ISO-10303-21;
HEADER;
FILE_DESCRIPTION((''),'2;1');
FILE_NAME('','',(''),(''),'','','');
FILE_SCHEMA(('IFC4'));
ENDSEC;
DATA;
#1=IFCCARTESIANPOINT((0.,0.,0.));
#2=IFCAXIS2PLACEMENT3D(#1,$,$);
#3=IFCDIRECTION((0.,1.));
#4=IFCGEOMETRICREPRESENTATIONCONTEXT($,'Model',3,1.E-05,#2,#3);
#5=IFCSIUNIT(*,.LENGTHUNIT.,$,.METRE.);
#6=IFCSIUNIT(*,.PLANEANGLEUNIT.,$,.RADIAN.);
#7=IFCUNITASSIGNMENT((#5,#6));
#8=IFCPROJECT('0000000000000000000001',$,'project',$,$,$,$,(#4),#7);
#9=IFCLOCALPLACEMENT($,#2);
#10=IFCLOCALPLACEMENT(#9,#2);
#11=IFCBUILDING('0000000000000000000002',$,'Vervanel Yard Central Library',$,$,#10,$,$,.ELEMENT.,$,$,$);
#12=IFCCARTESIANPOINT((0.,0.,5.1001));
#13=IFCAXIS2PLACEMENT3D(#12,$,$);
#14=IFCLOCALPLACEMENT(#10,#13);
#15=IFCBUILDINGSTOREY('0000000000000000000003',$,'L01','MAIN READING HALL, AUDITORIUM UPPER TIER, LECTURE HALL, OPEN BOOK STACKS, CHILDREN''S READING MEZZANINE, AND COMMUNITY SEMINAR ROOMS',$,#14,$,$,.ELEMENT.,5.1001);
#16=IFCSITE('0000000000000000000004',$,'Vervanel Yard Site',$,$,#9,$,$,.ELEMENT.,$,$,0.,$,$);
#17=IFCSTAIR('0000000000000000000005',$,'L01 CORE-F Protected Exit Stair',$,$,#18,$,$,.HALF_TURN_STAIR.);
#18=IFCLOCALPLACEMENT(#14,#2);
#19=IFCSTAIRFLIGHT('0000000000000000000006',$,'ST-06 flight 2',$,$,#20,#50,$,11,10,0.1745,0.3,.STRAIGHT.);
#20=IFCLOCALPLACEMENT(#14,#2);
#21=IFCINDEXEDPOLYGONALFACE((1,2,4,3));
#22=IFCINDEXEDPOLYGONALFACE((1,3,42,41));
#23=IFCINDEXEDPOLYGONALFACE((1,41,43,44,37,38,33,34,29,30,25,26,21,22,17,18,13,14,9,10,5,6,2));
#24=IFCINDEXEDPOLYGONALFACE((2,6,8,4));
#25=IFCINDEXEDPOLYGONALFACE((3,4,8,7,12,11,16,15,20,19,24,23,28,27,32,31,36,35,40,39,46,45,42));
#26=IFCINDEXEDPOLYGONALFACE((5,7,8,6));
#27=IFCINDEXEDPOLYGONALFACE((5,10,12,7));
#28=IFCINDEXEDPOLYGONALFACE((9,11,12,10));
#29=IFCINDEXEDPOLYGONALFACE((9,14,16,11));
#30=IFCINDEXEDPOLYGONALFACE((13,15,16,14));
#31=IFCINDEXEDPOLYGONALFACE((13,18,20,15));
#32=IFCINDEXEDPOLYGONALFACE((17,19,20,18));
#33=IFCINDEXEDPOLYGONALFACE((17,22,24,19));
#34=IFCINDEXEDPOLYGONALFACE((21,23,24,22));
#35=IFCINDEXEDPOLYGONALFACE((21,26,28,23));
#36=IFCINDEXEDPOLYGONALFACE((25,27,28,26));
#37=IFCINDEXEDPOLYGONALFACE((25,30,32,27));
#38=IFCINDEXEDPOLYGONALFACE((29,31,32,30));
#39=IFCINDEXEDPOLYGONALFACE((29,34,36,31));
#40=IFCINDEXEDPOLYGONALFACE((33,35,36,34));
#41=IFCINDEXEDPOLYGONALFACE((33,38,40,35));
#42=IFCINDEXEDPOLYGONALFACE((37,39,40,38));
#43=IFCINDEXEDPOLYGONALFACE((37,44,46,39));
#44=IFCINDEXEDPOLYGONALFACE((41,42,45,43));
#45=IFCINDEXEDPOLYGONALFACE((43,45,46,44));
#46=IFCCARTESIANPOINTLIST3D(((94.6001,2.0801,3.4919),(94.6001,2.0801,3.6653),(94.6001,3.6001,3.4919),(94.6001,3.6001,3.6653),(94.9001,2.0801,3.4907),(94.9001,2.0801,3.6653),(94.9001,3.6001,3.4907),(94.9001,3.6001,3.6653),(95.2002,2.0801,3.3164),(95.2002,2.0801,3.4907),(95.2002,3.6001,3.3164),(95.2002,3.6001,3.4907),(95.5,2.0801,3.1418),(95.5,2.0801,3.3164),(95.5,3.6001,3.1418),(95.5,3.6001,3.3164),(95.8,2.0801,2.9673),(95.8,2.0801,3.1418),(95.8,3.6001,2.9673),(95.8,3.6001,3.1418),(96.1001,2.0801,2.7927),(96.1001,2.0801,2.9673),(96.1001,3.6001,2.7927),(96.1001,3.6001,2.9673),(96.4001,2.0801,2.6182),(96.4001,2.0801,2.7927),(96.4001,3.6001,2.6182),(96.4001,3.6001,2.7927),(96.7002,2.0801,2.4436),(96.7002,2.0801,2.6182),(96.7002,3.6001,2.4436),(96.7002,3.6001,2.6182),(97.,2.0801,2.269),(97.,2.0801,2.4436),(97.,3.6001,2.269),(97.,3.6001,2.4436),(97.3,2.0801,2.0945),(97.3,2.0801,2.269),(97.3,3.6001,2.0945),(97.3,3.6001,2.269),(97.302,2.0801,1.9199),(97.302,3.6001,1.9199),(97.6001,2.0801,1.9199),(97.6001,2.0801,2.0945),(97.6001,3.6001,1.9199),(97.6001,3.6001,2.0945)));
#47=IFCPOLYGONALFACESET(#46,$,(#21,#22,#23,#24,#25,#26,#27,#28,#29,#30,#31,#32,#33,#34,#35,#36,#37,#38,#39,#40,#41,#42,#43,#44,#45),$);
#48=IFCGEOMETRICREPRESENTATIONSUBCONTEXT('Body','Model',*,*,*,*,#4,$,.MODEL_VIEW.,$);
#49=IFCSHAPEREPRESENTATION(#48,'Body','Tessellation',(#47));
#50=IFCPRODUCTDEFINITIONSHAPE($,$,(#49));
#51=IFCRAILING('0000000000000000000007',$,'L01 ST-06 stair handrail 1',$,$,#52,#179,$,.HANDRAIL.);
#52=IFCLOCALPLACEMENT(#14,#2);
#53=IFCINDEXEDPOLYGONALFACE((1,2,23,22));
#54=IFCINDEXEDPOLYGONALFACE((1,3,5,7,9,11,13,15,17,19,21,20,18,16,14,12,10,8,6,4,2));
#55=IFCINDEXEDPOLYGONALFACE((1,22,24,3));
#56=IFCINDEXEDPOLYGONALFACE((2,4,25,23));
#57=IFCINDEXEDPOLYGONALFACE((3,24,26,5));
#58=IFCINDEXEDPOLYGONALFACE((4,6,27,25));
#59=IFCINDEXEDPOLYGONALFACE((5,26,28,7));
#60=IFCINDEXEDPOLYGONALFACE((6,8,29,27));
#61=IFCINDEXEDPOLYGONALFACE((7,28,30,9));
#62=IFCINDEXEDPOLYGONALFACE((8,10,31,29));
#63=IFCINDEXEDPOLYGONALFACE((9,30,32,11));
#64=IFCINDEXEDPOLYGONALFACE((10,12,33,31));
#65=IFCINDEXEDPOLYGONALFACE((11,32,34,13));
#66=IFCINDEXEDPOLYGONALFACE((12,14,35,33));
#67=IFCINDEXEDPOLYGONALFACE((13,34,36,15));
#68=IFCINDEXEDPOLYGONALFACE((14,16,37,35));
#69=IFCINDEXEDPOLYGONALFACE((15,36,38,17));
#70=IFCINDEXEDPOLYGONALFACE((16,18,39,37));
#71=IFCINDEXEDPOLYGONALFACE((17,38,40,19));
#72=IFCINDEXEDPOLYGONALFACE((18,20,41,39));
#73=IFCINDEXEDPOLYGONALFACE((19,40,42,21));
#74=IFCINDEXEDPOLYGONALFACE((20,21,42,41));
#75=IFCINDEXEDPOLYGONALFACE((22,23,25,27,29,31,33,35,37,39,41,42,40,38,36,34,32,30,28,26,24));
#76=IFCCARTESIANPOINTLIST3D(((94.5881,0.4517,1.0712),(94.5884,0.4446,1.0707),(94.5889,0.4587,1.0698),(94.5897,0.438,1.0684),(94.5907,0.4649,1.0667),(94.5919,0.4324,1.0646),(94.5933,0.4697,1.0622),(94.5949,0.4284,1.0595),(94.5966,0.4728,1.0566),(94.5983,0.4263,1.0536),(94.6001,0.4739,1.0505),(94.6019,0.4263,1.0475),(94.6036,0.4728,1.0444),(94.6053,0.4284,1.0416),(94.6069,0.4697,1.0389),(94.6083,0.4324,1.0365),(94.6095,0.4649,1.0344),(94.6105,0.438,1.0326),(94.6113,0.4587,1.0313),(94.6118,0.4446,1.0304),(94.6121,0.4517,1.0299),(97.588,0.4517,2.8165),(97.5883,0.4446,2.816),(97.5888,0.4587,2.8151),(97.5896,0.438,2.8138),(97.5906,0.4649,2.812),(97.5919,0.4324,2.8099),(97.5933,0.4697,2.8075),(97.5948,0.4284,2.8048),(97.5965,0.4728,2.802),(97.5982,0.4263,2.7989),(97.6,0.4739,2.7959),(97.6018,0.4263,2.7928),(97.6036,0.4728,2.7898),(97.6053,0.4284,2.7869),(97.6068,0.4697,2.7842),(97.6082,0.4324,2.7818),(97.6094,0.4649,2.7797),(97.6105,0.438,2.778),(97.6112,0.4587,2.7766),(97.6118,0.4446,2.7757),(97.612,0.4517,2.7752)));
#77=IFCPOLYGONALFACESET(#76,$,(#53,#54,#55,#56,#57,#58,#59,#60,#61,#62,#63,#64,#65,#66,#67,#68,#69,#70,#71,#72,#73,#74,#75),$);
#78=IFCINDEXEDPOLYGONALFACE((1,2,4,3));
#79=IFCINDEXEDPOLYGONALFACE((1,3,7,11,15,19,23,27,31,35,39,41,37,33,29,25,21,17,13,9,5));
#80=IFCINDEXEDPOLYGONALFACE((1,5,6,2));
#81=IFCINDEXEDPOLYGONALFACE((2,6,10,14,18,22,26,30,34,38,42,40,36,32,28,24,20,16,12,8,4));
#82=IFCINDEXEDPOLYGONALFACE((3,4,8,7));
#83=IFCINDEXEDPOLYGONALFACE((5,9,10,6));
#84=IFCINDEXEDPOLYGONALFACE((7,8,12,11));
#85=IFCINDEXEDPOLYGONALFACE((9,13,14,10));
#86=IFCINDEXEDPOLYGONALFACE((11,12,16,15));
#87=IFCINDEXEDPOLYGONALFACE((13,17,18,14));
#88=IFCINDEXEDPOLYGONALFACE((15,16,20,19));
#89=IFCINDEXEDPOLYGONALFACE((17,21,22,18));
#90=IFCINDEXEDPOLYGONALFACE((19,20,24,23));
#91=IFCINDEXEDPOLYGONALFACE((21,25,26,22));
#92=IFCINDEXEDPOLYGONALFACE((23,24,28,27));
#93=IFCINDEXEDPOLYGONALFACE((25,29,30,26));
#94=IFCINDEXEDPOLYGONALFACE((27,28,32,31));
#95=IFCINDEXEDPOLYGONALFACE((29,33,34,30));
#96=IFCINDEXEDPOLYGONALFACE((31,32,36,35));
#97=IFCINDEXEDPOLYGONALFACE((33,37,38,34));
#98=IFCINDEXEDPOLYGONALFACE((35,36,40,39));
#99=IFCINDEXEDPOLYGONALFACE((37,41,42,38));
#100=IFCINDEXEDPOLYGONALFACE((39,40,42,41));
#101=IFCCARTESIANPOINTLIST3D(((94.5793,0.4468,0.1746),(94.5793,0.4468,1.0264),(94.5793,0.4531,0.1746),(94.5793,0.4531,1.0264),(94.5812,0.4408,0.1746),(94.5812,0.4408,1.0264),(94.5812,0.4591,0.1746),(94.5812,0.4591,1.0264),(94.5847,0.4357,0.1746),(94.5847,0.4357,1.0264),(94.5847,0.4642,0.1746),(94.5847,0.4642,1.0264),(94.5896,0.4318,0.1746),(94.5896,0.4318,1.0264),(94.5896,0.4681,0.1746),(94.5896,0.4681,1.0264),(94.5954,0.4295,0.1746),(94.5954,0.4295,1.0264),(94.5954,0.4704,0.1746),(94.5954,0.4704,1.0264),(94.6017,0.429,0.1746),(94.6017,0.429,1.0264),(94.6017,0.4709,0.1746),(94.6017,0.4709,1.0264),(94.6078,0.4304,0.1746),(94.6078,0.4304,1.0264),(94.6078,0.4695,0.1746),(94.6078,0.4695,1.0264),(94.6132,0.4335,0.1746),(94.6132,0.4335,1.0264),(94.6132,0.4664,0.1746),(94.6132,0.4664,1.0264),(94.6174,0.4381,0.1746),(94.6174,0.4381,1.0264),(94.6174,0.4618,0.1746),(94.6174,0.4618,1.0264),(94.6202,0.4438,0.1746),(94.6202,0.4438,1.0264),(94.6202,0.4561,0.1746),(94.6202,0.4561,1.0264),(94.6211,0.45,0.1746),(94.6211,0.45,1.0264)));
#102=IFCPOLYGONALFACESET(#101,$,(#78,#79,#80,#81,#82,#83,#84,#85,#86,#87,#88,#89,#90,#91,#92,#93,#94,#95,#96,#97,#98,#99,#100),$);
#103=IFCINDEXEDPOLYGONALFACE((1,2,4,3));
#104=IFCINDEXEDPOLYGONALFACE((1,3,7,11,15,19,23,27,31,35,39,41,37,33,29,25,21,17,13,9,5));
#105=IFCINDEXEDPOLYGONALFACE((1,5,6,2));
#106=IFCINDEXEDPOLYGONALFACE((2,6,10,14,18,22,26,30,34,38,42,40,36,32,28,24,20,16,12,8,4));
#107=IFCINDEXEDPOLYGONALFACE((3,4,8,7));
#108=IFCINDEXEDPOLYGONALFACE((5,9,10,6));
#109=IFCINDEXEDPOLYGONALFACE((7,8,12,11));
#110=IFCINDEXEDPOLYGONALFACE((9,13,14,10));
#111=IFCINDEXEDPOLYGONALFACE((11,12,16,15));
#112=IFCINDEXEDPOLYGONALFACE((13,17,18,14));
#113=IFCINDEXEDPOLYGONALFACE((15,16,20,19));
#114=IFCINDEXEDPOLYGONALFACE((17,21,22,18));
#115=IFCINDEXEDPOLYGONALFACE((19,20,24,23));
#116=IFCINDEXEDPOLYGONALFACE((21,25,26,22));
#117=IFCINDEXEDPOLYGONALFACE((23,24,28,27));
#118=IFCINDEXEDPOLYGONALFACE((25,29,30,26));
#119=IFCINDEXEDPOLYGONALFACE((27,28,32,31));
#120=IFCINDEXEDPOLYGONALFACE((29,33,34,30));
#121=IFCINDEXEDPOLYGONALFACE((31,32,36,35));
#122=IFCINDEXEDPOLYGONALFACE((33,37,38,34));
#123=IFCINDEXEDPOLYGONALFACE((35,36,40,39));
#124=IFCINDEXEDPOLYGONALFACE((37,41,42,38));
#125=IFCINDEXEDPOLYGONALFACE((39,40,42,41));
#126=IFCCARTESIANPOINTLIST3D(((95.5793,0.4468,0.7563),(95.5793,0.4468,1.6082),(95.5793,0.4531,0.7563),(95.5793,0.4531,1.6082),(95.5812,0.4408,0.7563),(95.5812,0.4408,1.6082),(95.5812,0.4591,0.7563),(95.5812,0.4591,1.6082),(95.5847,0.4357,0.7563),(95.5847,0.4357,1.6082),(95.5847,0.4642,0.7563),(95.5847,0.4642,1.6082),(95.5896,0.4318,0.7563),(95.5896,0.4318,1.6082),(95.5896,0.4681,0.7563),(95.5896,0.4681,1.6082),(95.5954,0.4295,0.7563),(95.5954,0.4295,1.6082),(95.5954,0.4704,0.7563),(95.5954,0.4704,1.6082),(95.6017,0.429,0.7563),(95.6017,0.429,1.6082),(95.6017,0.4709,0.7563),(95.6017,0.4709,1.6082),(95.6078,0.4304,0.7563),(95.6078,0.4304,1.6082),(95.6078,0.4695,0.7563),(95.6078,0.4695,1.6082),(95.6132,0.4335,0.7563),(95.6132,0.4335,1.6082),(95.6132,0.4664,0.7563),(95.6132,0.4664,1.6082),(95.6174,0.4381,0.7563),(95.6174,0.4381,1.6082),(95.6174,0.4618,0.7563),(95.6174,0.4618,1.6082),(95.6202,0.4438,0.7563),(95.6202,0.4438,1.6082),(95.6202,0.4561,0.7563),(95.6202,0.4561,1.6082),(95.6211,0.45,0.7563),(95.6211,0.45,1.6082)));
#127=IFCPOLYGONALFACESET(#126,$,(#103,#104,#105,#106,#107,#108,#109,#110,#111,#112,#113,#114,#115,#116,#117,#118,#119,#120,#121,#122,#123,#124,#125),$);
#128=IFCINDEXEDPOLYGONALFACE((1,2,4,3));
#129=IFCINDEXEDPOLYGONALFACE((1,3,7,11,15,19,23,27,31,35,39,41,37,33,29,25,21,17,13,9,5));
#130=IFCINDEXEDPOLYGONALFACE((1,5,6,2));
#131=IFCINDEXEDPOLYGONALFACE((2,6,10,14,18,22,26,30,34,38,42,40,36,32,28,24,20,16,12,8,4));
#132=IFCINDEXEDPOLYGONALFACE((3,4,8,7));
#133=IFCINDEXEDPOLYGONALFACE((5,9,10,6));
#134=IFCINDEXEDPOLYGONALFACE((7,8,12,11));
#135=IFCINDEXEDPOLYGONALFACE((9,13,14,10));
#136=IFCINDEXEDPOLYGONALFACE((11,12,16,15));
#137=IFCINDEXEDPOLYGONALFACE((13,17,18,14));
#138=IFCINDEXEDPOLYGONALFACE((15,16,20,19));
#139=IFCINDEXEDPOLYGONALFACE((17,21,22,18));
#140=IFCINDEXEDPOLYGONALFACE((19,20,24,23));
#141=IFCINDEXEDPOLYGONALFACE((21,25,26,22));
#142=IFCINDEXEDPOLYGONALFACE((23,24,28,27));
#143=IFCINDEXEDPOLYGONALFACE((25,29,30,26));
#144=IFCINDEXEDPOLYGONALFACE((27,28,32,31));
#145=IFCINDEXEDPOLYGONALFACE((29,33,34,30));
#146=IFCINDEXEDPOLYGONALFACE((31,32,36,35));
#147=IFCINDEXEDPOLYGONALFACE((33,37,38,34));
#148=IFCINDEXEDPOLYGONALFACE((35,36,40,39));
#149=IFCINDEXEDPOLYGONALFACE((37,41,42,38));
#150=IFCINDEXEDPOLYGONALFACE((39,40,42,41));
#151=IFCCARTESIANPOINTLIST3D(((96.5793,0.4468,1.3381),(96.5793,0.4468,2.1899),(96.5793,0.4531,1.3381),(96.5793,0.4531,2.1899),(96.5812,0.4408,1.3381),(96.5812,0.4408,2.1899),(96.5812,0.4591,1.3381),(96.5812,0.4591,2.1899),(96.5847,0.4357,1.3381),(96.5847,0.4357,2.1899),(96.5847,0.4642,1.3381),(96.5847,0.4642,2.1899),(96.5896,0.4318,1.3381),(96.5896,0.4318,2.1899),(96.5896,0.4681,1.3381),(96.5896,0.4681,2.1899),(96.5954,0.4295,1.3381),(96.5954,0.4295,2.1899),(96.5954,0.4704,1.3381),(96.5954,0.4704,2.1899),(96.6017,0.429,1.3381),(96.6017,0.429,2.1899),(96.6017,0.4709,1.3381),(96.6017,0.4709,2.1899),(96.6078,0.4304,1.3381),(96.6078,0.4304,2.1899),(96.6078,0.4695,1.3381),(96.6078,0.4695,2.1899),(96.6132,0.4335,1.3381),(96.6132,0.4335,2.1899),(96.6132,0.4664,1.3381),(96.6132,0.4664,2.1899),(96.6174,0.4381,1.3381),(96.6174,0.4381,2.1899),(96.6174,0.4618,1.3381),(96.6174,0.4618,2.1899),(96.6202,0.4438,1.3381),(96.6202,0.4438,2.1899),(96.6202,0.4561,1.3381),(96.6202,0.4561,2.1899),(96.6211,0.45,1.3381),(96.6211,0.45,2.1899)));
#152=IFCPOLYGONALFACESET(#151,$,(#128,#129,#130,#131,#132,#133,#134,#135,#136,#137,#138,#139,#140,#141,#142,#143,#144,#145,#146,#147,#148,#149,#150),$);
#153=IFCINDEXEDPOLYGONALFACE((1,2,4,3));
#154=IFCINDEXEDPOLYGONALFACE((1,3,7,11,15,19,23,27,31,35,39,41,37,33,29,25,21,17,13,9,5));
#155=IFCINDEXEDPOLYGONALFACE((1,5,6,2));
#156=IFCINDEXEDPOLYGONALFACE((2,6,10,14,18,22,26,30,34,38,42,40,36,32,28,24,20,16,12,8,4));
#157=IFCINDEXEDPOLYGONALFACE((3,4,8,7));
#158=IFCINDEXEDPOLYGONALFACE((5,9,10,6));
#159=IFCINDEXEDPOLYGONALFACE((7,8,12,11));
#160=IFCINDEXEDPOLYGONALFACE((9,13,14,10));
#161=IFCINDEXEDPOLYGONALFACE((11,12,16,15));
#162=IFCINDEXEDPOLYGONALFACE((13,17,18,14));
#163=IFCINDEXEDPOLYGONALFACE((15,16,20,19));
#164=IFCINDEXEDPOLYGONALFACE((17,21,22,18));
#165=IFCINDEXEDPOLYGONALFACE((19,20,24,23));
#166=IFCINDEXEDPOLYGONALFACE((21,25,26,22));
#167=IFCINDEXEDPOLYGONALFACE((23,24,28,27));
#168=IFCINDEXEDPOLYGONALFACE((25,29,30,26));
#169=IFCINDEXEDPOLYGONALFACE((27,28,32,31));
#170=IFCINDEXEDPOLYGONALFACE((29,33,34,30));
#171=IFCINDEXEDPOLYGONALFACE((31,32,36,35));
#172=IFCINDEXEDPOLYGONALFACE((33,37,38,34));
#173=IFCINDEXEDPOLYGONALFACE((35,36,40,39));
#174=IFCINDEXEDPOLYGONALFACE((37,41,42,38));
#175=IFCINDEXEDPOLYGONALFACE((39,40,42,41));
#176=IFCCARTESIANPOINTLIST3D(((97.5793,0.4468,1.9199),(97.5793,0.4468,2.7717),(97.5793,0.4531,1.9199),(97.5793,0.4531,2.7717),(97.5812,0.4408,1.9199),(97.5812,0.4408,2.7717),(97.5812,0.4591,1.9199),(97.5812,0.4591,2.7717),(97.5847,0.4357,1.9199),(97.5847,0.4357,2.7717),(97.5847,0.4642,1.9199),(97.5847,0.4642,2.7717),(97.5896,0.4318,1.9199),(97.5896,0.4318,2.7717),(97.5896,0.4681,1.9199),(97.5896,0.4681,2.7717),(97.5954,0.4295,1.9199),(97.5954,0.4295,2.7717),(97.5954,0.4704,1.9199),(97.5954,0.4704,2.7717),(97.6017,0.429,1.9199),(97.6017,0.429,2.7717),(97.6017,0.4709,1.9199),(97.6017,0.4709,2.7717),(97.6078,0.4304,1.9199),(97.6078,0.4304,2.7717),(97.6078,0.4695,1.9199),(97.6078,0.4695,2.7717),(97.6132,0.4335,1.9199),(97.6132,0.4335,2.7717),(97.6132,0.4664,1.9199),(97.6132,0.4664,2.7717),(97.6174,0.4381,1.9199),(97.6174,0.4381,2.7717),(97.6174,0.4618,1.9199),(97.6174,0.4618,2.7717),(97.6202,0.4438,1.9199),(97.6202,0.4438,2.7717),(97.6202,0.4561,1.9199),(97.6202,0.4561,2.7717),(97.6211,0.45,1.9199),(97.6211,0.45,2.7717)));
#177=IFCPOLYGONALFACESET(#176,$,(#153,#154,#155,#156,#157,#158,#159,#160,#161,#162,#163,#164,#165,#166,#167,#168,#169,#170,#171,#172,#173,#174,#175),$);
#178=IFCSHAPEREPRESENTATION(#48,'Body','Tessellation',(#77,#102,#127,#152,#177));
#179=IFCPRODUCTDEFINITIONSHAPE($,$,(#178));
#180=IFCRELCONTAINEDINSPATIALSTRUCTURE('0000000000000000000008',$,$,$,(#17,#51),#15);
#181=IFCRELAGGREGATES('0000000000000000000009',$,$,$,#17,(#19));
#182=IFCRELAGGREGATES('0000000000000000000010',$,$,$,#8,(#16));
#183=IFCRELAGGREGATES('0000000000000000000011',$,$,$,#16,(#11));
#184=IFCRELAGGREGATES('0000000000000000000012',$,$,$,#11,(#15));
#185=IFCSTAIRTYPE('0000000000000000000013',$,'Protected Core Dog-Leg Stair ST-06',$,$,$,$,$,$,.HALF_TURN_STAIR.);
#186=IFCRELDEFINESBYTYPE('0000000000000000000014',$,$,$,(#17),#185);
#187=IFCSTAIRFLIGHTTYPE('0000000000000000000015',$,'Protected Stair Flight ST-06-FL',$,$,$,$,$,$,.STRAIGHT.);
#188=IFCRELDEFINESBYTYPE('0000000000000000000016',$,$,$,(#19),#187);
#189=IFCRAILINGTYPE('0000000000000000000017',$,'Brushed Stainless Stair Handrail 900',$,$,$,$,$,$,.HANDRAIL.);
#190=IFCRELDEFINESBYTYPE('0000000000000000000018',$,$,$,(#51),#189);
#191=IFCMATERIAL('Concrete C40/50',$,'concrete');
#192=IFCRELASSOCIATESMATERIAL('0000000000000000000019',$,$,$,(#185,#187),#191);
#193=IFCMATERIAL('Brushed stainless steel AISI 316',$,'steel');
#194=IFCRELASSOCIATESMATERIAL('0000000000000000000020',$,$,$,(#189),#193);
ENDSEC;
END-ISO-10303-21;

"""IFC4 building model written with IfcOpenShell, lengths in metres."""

from ifc_helpers import new_model, si_unit, direction, frame, origin, origin_2d, place, context, subcontext, project, spatial, polyline, circle, outline, extrude, material, type_object, element, aggregate, save


model = new_model("IFC4")

# Units and contexts
model_context = context("Model", 3, precision=1e-05, world=origin(), true_north=direction((0.0, 1.0)))
body_context = subcontext(model_context, "Body", "Model", "MODEL_VIEW")
ifc_project = project(units=[si_unit("LENGTHUNIT", "METRE"), si_unit("PLANEANGLEUNIT", "RADIAN")], contexts=[model_context])

# Site, building, storey
site_placement = place(None, origin())
site = spatial("IfcSite", under=ifc_project, at=site_placement, Name="Vervanel Yard Site", CompositionType="ELEMENT", RefElevation=0.0)
building_placement = place(site_placement, origin())
building = spatial("IfcBuilding", under=site, at=building_placement, Name="Vervanel Yard Central Library", CompositionType="ELEMENT")
storey_placement = place(building_placement, frame((0.0, 0.0, 5.1001)))
storey = spatial("IfcBuildingStorey", under=building, at=storey_placement, Name="L01", Description="MAIN READING HALL, AUDITORIUM UPPER TIER, LECTURE HALL, OPEN BOOK STACKS, CHILDREN'S READING MEZZANINE, AND COMMUNITY SEMINAR ROOMS", CompositionType="ELEMENT", Elevation=5.1001)

# Shared definitions
ifc_material_1 = material(Name="Concrete C40/50", Category="concrete")

# Stair, stair flight
stair_type = type_object("IfcStairType", Name="Protected Core Dog-Leg Stair ST-06", PredefinedType="HALF_TURN_STAIR", material=ifc_material_1)
stair_placement = place(storey_placement, origin())
stair = element("IfcStair", 1, at=stair_placement, inside=storey, type_object=stair_type, Name="L01 CORE-F Protected Exit Stair", PredefinedType="HALF_TURN_STAIR")
stair_flight_type = type_object("IfcStairFlightType", Name="Protected Stair Flight ST-06-FL", PredefinedType="STRAIGHT", material=ifc_material_1)
stair_flight_1_placement = place(storey_placement, frame((97.6001, 2.8401, 1.9199), z_axis=(0.0, 0.0, 1.0), x_axis=(-1.0, 0.0, 0.0)))
stair_flight_1 = element("IfcStairFlight", 2, at=stair_flight_1_placement, type_object=stair_flight_type, Name="ST-06 flight 2", NumberOfRisers=11, NumberOfTreads=10, PredefinedType="STRAIGHT", RiserHeight=0.1745, TreadLength=0.3, context=body_context, shape_type="SweptSolid", body=[
    extrude(outline(polyline([(0.0, 0.0), (0.0, 0.1746), (0.3, 0.1746), (0.3, 0.3491), (0.6001, 0.3491), (0.6001, 0.5237), (0.8999, 0.5237), (0.8999, 0.6982), (1.2, 0.6982), (1.2, 0.8728), (1.5, 0.8728), (1.5, 1.0474), (1.8, 1.0474), (1.8, 1.2219), (2.1001, 1.2219), (2.1001, 1.3965), (2.3999, 1.3965), (2.3999, 1.5708), (2.7, 1.5708), (2.7, 1.7454), (3.0, 1.7454), (3.0, 1.9199), (3.0, 1.572), (0.2981, 0.0), (0.0, 0.0)])), frame((0.0, 0.76, 0.0), z_axis=(0.0, -1.0, 0.0), x_axis=(1.0, 0.0, 0.0)), (0.0, 0.0, 1.0), 1.52),
])
aggregate(stair, [stair_flight_1])

# Railing
ifc_material_2 = material(Name="Brushed stainless steel AISI 316", Category="steel")
railing_type_1 = type_object("IfcRailingType", Name="Brushed Stainless Stair Handrail 900", PredefinedType="HANDRAIL", material=ifc_material_2)
railing_1_placement = place(storey_placement, frame((94.6001, 0.45, 0.1746)))
element("IfcRailing", 3, at=railing_1_placement, inside=storey, type_object=railing_type_1, Name="L01 ST-06 stair handrail 1", PredefinedType="HANDRAIL", context=body_context, shape_type="SweptSolid", body=[
    extrude(circle(Radius=0.0239, at=origin_2d()), frame((0.0, 0.0, 0.876), z_axis=(0.86436, 0.0, 0.502874), x_axis=(0.0, 1.0, 0.0)), (0.0, 0.0, 1.0), 3.4707),
    extrude(circle(Radius=0.021, at=origin_2d()), origin(), (0.0, 0.0, 1.0), 0.8518),
    extrude(circle(Radius=0.021, at=origin_2d()), frame((1.0, 0.0, 0.5818)), (0.0, 0.0, 1.0), 0.8518),
    extrude(circle(Radius=0.021, at=origin_2d()), frame((2.0, 0.0, 1.1636)), (0.0, 0.0, 1.0), 0.8518),
    extrude(circle(Radius=0.021, at=origin_2d()), frame((3.0, 0.0, 1.7454)), (0.0, 0.0, 1.0), 0.8518),
])

save(model, "model.ifc")
